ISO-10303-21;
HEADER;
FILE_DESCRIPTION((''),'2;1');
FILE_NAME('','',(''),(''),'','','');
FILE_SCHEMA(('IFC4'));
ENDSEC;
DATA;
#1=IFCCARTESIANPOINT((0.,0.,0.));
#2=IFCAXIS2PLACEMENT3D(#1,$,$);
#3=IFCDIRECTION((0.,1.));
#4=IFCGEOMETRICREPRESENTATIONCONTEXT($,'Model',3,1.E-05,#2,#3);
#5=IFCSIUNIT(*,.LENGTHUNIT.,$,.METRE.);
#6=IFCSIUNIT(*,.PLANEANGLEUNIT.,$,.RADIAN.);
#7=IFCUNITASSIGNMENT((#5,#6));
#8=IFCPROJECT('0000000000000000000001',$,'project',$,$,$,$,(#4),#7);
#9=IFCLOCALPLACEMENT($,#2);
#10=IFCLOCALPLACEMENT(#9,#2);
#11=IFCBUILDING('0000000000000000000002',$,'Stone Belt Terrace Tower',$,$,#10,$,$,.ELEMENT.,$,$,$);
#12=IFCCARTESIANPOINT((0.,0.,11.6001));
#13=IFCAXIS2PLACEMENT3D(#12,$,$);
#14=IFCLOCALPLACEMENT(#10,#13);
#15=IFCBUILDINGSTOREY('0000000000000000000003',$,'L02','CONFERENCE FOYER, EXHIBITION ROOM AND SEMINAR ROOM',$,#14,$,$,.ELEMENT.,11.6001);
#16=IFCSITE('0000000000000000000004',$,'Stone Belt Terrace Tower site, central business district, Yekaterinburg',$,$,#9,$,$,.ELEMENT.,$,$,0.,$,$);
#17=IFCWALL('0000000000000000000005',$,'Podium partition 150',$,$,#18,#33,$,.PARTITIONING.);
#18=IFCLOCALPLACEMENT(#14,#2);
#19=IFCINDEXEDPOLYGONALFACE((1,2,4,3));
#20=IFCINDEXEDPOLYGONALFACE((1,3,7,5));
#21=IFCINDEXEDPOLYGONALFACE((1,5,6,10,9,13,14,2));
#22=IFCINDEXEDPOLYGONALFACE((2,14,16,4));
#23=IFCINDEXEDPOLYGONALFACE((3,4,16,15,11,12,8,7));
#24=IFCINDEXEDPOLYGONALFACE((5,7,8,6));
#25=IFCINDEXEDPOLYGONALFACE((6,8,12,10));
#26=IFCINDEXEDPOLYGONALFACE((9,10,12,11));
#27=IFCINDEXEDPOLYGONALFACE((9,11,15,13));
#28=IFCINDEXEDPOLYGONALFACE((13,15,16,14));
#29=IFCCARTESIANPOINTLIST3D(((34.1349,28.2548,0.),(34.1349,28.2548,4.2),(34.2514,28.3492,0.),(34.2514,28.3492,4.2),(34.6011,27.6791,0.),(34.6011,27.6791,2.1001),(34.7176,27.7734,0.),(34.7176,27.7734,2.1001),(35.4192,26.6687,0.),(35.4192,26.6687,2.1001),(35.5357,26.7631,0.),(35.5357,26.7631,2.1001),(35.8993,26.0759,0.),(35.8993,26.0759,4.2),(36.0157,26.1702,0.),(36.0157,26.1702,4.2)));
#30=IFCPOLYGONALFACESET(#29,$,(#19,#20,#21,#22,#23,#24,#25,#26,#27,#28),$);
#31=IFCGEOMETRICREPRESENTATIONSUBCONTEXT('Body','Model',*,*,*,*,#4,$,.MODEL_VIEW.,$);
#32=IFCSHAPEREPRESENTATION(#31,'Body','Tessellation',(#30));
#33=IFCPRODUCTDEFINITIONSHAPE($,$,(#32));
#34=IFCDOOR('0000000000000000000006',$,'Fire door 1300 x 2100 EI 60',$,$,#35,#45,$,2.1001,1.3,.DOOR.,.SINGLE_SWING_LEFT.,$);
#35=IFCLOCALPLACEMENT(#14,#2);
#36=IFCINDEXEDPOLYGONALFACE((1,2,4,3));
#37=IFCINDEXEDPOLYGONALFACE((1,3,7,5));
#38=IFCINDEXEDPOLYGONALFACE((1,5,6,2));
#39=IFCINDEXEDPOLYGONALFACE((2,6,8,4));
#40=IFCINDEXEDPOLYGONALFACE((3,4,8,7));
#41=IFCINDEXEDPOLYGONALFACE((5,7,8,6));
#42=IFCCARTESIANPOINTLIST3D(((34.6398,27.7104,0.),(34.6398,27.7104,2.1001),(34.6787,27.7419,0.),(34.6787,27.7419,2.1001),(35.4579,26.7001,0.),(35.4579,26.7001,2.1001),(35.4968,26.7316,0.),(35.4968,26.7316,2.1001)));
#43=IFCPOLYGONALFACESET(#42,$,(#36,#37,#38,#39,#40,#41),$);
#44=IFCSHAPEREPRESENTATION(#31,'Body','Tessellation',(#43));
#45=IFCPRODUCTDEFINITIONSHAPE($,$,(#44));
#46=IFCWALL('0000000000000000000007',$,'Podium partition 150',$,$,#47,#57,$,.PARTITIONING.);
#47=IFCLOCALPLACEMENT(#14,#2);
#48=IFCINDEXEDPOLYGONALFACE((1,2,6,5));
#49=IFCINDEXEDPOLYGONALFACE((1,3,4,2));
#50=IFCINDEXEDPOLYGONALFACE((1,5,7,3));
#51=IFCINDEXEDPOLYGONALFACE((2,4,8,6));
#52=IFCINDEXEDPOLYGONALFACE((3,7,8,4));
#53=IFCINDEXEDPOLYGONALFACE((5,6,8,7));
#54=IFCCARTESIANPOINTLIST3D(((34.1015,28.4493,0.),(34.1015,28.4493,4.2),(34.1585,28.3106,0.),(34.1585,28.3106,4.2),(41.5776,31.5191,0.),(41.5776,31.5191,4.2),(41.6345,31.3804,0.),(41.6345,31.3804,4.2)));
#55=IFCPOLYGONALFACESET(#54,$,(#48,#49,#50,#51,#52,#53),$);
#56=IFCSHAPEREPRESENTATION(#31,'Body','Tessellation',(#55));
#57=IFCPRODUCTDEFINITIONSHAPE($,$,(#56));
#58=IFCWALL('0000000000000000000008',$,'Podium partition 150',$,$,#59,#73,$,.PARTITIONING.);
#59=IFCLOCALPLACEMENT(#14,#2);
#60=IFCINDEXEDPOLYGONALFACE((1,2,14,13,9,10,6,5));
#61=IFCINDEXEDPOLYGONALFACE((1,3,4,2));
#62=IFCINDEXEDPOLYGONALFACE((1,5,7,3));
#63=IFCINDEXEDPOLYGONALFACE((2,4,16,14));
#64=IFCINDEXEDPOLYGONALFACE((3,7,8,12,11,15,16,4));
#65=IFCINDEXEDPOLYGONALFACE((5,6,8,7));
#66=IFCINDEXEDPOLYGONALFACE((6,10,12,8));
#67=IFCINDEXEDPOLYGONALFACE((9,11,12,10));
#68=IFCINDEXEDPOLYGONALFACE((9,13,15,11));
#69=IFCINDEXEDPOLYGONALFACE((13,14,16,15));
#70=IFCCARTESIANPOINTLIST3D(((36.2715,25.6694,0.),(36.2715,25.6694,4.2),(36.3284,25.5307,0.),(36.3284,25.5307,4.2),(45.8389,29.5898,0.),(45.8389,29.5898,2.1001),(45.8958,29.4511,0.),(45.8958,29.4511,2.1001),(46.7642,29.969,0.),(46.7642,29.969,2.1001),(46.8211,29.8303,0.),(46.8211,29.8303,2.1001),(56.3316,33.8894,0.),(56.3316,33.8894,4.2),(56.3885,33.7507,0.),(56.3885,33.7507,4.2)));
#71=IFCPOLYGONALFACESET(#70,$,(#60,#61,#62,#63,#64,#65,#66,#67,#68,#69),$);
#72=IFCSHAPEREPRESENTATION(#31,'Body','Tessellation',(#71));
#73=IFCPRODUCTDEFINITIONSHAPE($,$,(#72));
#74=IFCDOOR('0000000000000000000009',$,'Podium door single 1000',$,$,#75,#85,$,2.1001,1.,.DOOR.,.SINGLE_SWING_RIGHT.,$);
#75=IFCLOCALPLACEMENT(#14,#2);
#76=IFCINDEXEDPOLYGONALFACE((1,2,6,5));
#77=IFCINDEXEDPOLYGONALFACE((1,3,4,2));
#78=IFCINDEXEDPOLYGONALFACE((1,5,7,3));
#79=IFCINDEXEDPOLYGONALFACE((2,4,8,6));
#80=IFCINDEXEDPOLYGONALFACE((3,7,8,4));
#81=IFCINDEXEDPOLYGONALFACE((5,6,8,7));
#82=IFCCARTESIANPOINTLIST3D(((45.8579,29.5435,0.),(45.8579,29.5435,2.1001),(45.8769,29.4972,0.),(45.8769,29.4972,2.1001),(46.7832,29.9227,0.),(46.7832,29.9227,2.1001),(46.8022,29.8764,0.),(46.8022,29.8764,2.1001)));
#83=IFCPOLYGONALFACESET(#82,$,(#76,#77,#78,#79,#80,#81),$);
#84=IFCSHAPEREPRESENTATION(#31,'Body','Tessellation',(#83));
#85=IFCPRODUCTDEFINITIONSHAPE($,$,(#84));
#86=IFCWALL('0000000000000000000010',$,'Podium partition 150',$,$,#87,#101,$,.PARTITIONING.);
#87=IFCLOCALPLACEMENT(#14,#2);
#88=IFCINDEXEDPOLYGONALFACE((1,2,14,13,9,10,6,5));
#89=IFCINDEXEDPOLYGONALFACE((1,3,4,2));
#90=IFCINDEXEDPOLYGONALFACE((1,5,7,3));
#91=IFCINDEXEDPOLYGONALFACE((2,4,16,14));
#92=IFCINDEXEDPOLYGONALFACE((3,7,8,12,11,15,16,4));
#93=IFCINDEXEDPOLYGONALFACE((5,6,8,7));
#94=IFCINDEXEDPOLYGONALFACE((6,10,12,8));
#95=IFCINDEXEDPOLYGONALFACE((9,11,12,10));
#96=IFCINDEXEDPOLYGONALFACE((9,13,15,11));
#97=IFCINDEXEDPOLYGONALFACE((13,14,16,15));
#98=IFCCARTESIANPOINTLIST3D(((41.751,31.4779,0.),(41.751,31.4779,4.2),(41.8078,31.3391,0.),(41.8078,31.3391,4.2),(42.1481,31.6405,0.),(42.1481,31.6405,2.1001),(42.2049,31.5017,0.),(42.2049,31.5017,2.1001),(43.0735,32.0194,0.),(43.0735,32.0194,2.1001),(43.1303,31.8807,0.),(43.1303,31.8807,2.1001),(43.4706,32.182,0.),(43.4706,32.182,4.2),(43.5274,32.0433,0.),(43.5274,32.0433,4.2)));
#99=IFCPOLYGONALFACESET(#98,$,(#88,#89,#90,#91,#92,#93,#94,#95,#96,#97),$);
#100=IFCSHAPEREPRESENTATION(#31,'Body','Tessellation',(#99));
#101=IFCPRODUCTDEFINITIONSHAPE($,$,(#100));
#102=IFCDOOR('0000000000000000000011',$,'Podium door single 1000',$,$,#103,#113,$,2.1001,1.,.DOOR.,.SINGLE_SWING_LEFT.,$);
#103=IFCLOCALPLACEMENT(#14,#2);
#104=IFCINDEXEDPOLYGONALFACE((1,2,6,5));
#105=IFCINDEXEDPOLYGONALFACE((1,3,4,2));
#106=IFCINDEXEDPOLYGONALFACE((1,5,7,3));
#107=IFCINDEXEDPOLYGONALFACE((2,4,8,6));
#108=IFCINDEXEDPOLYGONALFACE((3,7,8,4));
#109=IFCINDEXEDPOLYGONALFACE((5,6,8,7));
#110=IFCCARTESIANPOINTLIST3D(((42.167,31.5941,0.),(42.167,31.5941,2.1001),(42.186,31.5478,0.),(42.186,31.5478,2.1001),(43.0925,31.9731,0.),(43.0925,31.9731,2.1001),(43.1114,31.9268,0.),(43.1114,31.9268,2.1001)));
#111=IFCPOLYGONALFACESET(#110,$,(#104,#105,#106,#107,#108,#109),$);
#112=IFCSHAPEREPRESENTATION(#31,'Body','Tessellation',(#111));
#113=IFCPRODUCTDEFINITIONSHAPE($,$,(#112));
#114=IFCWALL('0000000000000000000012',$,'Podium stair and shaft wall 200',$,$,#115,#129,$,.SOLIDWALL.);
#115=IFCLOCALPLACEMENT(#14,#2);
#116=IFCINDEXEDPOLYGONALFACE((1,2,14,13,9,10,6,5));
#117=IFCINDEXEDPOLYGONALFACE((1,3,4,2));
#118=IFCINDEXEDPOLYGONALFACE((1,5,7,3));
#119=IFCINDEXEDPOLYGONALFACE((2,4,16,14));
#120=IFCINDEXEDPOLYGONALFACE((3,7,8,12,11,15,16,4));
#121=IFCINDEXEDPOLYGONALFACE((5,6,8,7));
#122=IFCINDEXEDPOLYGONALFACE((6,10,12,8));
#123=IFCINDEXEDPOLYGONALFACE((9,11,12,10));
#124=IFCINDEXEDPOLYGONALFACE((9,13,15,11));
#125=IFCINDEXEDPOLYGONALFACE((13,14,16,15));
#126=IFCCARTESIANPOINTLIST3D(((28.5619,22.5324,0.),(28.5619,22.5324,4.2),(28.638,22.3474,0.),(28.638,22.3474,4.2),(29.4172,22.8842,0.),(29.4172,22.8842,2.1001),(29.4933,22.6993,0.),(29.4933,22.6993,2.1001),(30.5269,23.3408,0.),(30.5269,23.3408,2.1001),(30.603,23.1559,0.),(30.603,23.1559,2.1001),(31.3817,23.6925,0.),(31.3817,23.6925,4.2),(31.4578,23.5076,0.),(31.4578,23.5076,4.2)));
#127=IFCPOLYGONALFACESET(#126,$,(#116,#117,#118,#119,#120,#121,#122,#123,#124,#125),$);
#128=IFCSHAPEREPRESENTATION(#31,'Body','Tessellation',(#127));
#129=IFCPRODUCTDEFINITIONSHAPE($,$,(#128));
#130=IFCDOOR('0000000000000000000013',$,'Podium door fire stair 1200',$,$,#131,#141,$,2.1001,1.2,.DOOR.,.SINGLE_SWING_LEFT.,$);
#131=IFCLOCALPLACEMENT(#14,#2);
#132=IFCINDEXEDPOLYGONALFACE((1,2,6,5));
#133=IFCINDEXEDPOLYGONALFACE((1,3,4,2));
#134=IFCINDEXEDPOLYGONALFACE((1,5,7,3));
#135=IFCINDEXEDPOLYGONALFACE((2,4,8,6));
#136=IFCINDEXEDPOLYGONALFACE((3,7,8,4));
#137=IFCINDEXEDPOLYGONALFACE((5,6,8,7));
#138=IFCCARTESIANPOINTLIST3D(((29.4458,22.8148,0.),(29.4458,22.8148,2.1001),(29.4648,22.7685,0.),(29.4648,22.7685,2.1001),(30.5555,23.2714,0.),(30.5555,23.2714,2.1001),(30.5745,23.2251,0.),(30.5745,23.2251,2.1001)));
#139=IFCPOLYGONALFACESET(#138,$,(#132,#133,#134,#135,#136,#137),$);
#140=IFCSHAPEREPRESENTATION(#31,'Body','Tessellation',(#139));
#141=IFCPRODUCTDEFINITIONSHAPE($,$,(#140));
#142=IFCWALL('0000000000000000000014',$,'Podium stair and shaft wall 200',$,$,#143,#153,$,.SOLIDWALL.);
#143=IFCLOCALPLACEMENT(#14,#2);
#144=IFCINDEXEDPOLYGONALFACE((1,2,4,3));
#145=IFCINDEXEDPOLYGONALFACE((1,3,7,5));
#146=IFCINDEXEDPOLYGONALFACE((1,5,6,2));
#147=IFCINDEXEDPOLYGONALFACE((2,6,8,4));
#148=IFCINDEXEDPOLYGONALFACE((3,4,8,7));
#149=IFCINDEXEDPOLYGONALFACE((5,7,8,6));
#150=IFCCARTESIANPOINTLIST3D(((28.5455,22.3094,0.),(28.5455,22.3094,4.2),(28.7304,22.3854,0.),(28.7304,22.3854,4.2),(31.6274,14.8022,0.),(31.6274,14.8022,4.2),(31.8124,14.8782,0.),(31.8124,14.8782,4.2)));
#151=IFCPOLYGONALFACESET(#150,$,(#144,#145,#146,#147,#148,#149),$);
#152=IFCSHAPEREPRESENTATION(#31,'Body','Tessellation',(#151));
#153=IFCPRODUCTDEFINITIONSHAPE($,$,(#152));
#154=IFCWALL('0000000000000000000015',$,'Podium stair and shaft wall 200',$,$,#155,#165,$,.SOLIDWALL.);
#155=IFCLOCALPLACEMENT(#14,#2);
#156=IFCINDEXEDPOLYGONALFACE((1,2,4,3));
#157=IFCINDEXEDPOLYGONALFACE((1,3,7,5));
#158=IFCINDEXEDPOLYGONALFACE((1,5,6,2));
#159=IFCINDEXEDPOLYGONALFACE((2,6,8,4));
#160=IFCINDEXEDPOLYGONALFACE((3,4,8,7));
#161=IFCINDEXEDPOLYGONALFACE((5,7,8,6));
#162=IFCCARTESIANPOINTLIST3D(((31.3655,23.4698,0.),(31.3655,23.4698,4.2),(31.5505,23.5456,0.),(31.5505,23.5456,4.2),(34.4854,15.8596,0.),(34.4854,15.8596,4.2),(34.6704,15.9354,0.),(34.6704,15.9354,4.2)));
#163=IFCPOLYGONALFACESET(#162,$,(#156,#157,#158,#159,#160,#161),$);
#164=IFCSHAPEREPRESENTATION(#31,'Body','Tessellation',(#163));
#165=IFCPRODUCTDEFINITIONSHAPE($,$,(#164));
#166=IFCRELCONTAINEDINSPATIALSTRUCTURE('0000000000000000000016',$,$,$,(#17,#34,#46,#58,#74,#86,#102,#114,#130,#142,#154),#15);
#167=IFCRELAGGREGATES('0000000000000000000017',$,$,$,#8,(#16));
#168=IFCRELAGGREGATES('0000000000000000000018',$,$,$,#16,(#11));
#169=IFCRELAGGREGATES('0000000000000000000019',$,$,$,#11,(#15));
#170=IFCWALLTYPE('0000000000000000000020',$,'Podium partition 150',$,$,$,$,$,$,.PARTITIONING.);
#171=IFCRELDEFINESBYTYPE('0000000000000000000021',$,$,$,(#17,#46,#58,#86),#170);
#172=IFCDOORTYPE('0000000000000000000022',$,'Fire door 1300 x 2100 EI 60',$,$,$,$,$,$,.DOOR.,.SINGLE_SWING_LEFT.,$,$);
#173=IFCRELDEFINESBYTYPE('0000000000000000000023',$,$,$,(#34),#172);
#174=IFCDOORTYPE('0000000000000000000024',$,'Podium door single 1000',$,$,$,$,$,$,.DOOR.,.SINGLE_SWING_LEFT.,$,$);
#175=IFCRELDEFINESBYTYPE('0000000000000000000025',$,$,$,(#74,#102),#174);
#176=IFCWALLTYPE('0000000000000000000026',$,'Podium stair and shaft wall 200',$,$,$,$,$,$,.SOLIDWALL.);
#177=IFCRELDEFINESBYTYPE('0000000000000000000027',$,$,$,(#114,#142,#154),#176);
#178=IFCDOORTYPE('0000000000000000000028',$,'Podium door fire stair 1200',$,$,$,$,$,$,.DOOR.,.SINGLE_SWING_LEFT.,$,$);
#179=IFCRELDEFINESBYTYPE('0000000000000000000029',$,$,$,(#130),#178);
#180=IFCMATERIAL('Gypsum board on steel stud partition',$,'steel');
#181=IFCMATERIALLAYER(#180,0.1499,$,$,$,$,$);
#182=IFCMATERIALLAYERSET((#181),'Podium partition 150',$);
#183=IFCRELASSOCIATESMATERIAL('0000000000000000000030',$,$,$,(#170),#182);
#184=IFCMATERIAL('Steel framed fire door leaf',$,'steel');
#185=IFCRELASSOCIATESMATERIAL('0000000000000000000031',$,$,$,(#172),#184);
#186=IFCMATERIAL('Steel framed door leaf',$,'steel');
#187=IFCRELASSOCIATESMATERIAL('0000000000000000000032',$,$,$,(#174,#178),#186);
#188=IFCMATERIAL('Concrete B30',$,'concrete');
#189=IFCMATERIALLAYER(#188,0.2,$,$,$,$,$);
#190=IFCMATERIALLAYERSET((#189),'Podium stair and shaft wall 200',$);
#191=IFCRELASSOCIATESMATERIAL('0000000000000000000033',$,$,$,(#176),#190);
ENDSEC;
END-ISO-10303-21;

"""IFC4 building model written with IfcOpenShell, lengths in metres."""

from ifc_helpers import new_model, si_unit, direction, frame, frame_2d, origin, place, context, subcontext, project, spatial, rectangle, extrude, material, layer, layer_set, type_object, element, fill, save


model = new_model("IFC4")

# Units and contexts
model_context = context("Model", 3, precision=1e-05, world=origin(), true_north=direction((0.0, 1.0)))
body_context = subcontext(model_context, "Body", "Model", "MODEL_VIEW")
ifc_project = project(units=[si_unit("LENGTHUNIT", "METRE"), si_unit("PLANEANGLEUNIT", "RADIAN")], contexts=[model_context])

# Site, building, storey
site_placement = place(None, origin())
site = spatial("IfcSite", under=ifc_project, at=site_placement, Name="Stone Belt Terrace Tower site, central business district, Yekaterinburg", CompositionType="ELEMENT", RefElevation=0.0)
building_placement = place(site_placement, origin())
building = spatial("IfcBuilding", under=site, at=building_placement, Name="Stone Belt Terrace Tower", CompositionType="ELEMENT")
storey_placement = place(building_placement, frame((0.0, 0.0, 11.6001)))
storey = spatial("IfcBuildingStorey", under=building, at=storey_placement, Name="L02", Description="CONFERENCE FOYER, EXHIBITION ROOM AND SEMINAR ROOM", CompositionType="ELEMENT", Elevation=11.6001)

# Shared definitions
ifc_material_1 = material(Name="Gypsum board on steel stud partition", Category="steel")
ifc_layer_1 = layer(ifc_material_1, 0.1499)
ifc_layer_set_1 = layer_set([ifc_layer_1], Name="Podium partition 150")
wall_type_1 = type_object("IfcWallType", Name="Podium partition 150", PredefinedType="PARTITIONING", material=ifc_layer_set_1)

# Wall, opening, door
wall_1_placement = place(storey_placement, frame((34.1931, 28.302, 0.0), z_axis=(0.0, 0.0, 1.0), x_axis=(0.629303, -0.77716, 0.0)))
wall_1 = element("IfcWall", 1, at=wall_1_placement, inside=storey, type_object=wall_type_1, Name="Podium partition 150", PredefinedType="PARTITIONING", context=body_context, shape_type="SweptSolid", body=[
    extrude(rectangle(XDim=2.8037, YDim=0.1499, at=frame_2d((1.4019, 0.0))), origin(), (0.0, 0.0, 1.0), 4.2),
])
opening_1_placement = place(wall_1_placement, frame((0.741, 0.0, 0.0)))
opening_1 = element("IfcOpeningElement", 2, at=opening_1_placement, cuts=wall_1, PredefinedType="OPENING", context=body_context, shape_type="SweptSolid", body=[
    extrude(rectangle(XDim=1.3, YDim=2.1001, at=frame_2d((0.6499, 1.05))), frame((0.0, 0.085, 0.0), z_axis=(0.0, -1.0, 0.0), x_axis=(1.0, 0.0, 0.0)), (0.0, 0.0, 1.0), 0.1699),
])
ifc_material_2 = material(Name="Steel framed fire door leaf", Category="steel")
door_type_1 = type_object("IfcDoorType", Name="Fire door 1300 x 2100 EI 60", OperationType="SINGLE_SWING_LEFT", PredefinedType="DOOR", material=ifc_material_2)
door_1_placement = place(opening_1_placement, origin())
door_1 = element("IfcDoor", 3, at=door_1_placement, inside=storey, type_object=door_type_1, Name="Fire door 1300 x 2100 EI 60", OperationType="SINGLE_SWING_LEFT", OverallHeight=2.1001, OverallWidth=1.3, PredefinedType="DOOR", context=body_context, shape_type="SweptSolid", body=[
    extrude(rectangle(XDim=1.3, YDim=2.1001, at=frame_2d((0.6499, 1.05))), frame((0.0, 0.0249, 0.0), z_axis=(0.0, -1.0, 0.0), x_axis=(1.0, 0.0, 0.0)), (0.0, 0.0, 1.0), 0.05),
])
fill(opening_1, door_1)

# Wall
wall_2_placement = place(storey_placement, frame((34.1299, 28.3799, 0.0), z_axis=(0.0, 0.0, 1.0), x_axis=(0.925051, 0.379844, 0.0)))
element("IfcWall", 4, at=wall_2_placement, inside=storey, type_object=wall_type_1, Name="Podium partition 150", PredefinedType="PARTITIONING", context=body_context, shape_type="SweptSolid", body=[
    extrude(rectangle(XDim=8.0818, YDim=0.1499, at=frame_2d((4.041, 0.0))), origin(), (0.0, 0.0, 1.0), 4.2),
])

# Walls, openings, doors
wall_3_placement = place(storey_placement, frame((36.3, 25.6001, 0.0), z_axis=(0.0, 0.0, 1.0), x_axis=(0.925327, 0.37917, 0.0)))
wall_3 = element("IfcWall", 5, at=wall_3_placement, inside=storey, type_object=wall_type_1, Name="Podium partition 150", PredefinedType="PARTITIONING", context=body_context, shape_type="SweptSolid", body=[
    extrude(rectangle(XDim=21.679, YDim=0.1499, at=frame_2d((10.8394, 0.0))), origin(), (0.0, 0.0, 1.0), 4.2),
])
opening_2_placement = place(wall_3_placement, frame((10.3394, 0.0, 0.0)))
opening_2 = element("IfcOpeningElement", 6, at=opening_2_placement, cuts=wall_3, PredefinedType="OPENING", context=body_context, shape_type="SweptSolid", body=[
    extrude(rectangle(XDim=1.0, YDim=2.1001, at=frame_2d((0.5, 1.05))), frame((0.0, 0.085, 0.0), z_axis=(0.0, -1.0, 0.0), x_axis=(1.0, 0.0, 0.0)), (0.0, 0.0, 1.0), 0.1699),
])
ifc_material_3 = material(Name="Steel framed door leaf", Category="steel")
door_type_2 = type_object("IfcDoorType", Name="Podium door single 1000", OperationType="SINGLE_SWING_LEFT", PredefinedType="DOOR", material=ifc_material_3)
door_2_placement = place(opening_2_placement, origin())
door_2 = element("IfcDoor", 7, at=door_2_placement, inside=storey, type_object=door_type_2, Name="Podium door single 1000", OperationType="SINGLE_SWING_RIGHT", OverallHeight=2.1001, OverallWidth=1.0, PredefinedType="DOOR", context=body_context, shape_type="SweptSolid", body=[
    extrude(rectangle(XDim=1.0, YDim=2.1001, at=frame_2d((0.5, 1.05))), frame((0.0, 0.0249, 0.0), z_axis=(0.0, -1.0, 0.0), x_axis=(1.0, 0.0, 0.0)), (0.0, 0.0, 1.0), 0.05),
])
fill(opening_2, door_2)
wall_4_placement = place(storey_placement, frame((41.7793, 31.4084, 0.0), z_axis=(0.0, 0.0, 1.0), x_axis=(0.925419, 0.378945, 0.0)))
wall_4 = element("IfcWall", 8, at=wall_4_placement, inside=storey, type_object=wall_type_1, Name="Podium partition 150", PredefinedType="PARTITIONING", context=body_context, shape_type="SweptSolid", body=[
    extrude(rectangle(XDim=1.8582, YDim=0.1499, at=frame_2d((0.9292, 0.0))), origin(), (0.0, 0.0, 1.0), 4.2),
])
opening_3_placement = place(wall_4_placement, frame((0.4292, 0.0, 0.0)))
opening_3 = element("IfcOpeningElement", 9, at=opening_3_placement, cuts=wall_4, PredefinedType="OPENING", context=body_context, shape_type="SweptSolid", body=[
    extrude(rectangle(XDim=1.0, YDim=2.1001, at=frame_2d((0.5, 1.05))), frame((0.0, 0.085, 0.0), z_axis=(0.0, -1.0, 0.0), x_axis=(1.0, 0.0, 0.0)), (0.0, 0.0, 1.0), 0.1699),
])
door_3_placement = place(opening_3_placement, origin())
door_3 = element("IfcDoor", 10, at=door_3_placement, inside=storey, type_object=door_type_2, Name="Podium door single 1000", OperationType="SINGLE_SWING_LEFT", OverallHeight=2.1001, OverallWidth=1.0, PredefinedType="DOOR", context=body_context, shape_type="SweptSolid", body=[
    extrude(rectangle(XDim=1.0, YDim=2.1001, at=frame_2d((0.5, 1.05))), frame((0.0, 0.0249, 0.0), z_axis=(0.0, -1.0, 0.0), x_axis=(1.0, 0.0, 0.0)), (0.0, 0.0, 1.0), 0.05),
])
fill(opening_3, door_3)
ifc_material_4 = material(Name="Concrete B30", Category="concrete")
ifc_layer_2 = layer(ifc_material_4, 0.2)
ifc_layer_set_2 = layer_set([ifc_layer_2], Name="Podium stair and shaft wall 200")
wall_type_2 = type_object("IfcWallType", Name="Podium stair and shaft wall 200", PredefinedType="SOLIDWALL", material=ifc_layer_set_2)
wall_5_placement = place(storey_placement, frame((28.6001, 22.4399, 0.0), z_axis=(0.0, 0.0, 1.0), x_axis=(0.924788, 0.380484, 0.0)))
wall_5 = element("IfcWall", 11, at=wall_5_placement, inside=storey, type_object=wall_type_2, Name="Podium stair and shaft wall 200", PredefinedType="SOLIDWALL", context=body_context, shape_type="SweptSolid", body=[
    extrude(rectangle(XDim=3.0491, YDim=0.2, at=frame_2d((1.5244, 0.0))), origin(), (0.0, 0.0, 1.0), 4.2),
])
opening_4_placement = place(wall_5_placement, frame((0.9246, 0.0, 0.0)))
opening_4 = element("IfcOpeningElement", 12, at=opening_4_placement, cuts=wall_5, PredefinedType="OPENING", context=body_context, shape_type="SweptSolid", body=[
    extrude(rectangle(XDim=1.2, YDim=2.1001, at=frame_2d((0.6001, 1.05))), frame((0.0, 0.1099, 0.0), z_axis=(0.0, -1.0, 0.0), x_axis=(1.0, 0.0, 0.0)), (0.0, 0.0, 1.0), 0.22),
])
door_type_3 = type_object("IfcDoorType", Name="Podium door fire stair 1200", OperationType="SINGLE_SWING_LEFT", PredefinedType="DOOR", material=ifc_material_3)
door_4_placement = place(opening_4_placement, origin())
door_4 = element("IfcDoor", 13, at=door_4_placement, inside=storey, type_object=door_type_3, Name="Podium door fire stair 1200", OperationType="SINGLE_SWING_LEFT", OverallHeight=2.1001, OverallWidth=1.2, PredefinedType="DOOR", context=body_context, shape_type="SweptSolid", body=[
    extrude(rectangle(XDim=1.2, YDim=2.1001, at=frame_2d((0.6001, 1.05))), frame((0.0, 0.0249, 0.0), z_axis=(0.0, -1.0, 0.0), x_axis=(1.0, 0.0, 0.0)), (0.0, 0.0, 1.0), 0.05),
])
fill(opening_4, door_4)

# Walls
wall_6_placement = place(storey_placement, frame((28.6379, 22.3474, 0.0), z_axis=(0.0, 0.0, 1.0), x_axis=(0.379778, -0.925078, 0.0)))
element("IfcWall", 14, at=wall_6_placement, inside=storey, type_object=wall_type_2, Name="Podium stair and shaft wall 200", PredefinedType="SOLIDWALL", context=body_context, shape_type="SweptSolid", body=[
    extrude(rectangle(XDim=8.1152, YDim=0.2, at=frame_2d((4.0576, 0.0))), origin(), (0.0, 0.0, 1.0), 4.2),
])
wall_7_placement = place(storey_placement, frame((31.458, 23.5076, 0.0), z_axis=(0.0, 0.0, 1.0), x_axis=(0.379325, -0.925263, 0.0)))
element("IfcWall", 15, at=wall_7_placement, inside=storey, type_object=wall_type_2, Name="Podium stair and shaft wall 200", PredefinedType="SOLIDWALL", context=body_context, shape_type="SweptSolid", body=[
    extrude(rectangle(XDim=8.2249, YDim=0.2, at=frame_2d((4.1123, 0.0))), origin(), (0.0, 0.0, 1.0), 4.2),
])

save(model, "model.ifc")
